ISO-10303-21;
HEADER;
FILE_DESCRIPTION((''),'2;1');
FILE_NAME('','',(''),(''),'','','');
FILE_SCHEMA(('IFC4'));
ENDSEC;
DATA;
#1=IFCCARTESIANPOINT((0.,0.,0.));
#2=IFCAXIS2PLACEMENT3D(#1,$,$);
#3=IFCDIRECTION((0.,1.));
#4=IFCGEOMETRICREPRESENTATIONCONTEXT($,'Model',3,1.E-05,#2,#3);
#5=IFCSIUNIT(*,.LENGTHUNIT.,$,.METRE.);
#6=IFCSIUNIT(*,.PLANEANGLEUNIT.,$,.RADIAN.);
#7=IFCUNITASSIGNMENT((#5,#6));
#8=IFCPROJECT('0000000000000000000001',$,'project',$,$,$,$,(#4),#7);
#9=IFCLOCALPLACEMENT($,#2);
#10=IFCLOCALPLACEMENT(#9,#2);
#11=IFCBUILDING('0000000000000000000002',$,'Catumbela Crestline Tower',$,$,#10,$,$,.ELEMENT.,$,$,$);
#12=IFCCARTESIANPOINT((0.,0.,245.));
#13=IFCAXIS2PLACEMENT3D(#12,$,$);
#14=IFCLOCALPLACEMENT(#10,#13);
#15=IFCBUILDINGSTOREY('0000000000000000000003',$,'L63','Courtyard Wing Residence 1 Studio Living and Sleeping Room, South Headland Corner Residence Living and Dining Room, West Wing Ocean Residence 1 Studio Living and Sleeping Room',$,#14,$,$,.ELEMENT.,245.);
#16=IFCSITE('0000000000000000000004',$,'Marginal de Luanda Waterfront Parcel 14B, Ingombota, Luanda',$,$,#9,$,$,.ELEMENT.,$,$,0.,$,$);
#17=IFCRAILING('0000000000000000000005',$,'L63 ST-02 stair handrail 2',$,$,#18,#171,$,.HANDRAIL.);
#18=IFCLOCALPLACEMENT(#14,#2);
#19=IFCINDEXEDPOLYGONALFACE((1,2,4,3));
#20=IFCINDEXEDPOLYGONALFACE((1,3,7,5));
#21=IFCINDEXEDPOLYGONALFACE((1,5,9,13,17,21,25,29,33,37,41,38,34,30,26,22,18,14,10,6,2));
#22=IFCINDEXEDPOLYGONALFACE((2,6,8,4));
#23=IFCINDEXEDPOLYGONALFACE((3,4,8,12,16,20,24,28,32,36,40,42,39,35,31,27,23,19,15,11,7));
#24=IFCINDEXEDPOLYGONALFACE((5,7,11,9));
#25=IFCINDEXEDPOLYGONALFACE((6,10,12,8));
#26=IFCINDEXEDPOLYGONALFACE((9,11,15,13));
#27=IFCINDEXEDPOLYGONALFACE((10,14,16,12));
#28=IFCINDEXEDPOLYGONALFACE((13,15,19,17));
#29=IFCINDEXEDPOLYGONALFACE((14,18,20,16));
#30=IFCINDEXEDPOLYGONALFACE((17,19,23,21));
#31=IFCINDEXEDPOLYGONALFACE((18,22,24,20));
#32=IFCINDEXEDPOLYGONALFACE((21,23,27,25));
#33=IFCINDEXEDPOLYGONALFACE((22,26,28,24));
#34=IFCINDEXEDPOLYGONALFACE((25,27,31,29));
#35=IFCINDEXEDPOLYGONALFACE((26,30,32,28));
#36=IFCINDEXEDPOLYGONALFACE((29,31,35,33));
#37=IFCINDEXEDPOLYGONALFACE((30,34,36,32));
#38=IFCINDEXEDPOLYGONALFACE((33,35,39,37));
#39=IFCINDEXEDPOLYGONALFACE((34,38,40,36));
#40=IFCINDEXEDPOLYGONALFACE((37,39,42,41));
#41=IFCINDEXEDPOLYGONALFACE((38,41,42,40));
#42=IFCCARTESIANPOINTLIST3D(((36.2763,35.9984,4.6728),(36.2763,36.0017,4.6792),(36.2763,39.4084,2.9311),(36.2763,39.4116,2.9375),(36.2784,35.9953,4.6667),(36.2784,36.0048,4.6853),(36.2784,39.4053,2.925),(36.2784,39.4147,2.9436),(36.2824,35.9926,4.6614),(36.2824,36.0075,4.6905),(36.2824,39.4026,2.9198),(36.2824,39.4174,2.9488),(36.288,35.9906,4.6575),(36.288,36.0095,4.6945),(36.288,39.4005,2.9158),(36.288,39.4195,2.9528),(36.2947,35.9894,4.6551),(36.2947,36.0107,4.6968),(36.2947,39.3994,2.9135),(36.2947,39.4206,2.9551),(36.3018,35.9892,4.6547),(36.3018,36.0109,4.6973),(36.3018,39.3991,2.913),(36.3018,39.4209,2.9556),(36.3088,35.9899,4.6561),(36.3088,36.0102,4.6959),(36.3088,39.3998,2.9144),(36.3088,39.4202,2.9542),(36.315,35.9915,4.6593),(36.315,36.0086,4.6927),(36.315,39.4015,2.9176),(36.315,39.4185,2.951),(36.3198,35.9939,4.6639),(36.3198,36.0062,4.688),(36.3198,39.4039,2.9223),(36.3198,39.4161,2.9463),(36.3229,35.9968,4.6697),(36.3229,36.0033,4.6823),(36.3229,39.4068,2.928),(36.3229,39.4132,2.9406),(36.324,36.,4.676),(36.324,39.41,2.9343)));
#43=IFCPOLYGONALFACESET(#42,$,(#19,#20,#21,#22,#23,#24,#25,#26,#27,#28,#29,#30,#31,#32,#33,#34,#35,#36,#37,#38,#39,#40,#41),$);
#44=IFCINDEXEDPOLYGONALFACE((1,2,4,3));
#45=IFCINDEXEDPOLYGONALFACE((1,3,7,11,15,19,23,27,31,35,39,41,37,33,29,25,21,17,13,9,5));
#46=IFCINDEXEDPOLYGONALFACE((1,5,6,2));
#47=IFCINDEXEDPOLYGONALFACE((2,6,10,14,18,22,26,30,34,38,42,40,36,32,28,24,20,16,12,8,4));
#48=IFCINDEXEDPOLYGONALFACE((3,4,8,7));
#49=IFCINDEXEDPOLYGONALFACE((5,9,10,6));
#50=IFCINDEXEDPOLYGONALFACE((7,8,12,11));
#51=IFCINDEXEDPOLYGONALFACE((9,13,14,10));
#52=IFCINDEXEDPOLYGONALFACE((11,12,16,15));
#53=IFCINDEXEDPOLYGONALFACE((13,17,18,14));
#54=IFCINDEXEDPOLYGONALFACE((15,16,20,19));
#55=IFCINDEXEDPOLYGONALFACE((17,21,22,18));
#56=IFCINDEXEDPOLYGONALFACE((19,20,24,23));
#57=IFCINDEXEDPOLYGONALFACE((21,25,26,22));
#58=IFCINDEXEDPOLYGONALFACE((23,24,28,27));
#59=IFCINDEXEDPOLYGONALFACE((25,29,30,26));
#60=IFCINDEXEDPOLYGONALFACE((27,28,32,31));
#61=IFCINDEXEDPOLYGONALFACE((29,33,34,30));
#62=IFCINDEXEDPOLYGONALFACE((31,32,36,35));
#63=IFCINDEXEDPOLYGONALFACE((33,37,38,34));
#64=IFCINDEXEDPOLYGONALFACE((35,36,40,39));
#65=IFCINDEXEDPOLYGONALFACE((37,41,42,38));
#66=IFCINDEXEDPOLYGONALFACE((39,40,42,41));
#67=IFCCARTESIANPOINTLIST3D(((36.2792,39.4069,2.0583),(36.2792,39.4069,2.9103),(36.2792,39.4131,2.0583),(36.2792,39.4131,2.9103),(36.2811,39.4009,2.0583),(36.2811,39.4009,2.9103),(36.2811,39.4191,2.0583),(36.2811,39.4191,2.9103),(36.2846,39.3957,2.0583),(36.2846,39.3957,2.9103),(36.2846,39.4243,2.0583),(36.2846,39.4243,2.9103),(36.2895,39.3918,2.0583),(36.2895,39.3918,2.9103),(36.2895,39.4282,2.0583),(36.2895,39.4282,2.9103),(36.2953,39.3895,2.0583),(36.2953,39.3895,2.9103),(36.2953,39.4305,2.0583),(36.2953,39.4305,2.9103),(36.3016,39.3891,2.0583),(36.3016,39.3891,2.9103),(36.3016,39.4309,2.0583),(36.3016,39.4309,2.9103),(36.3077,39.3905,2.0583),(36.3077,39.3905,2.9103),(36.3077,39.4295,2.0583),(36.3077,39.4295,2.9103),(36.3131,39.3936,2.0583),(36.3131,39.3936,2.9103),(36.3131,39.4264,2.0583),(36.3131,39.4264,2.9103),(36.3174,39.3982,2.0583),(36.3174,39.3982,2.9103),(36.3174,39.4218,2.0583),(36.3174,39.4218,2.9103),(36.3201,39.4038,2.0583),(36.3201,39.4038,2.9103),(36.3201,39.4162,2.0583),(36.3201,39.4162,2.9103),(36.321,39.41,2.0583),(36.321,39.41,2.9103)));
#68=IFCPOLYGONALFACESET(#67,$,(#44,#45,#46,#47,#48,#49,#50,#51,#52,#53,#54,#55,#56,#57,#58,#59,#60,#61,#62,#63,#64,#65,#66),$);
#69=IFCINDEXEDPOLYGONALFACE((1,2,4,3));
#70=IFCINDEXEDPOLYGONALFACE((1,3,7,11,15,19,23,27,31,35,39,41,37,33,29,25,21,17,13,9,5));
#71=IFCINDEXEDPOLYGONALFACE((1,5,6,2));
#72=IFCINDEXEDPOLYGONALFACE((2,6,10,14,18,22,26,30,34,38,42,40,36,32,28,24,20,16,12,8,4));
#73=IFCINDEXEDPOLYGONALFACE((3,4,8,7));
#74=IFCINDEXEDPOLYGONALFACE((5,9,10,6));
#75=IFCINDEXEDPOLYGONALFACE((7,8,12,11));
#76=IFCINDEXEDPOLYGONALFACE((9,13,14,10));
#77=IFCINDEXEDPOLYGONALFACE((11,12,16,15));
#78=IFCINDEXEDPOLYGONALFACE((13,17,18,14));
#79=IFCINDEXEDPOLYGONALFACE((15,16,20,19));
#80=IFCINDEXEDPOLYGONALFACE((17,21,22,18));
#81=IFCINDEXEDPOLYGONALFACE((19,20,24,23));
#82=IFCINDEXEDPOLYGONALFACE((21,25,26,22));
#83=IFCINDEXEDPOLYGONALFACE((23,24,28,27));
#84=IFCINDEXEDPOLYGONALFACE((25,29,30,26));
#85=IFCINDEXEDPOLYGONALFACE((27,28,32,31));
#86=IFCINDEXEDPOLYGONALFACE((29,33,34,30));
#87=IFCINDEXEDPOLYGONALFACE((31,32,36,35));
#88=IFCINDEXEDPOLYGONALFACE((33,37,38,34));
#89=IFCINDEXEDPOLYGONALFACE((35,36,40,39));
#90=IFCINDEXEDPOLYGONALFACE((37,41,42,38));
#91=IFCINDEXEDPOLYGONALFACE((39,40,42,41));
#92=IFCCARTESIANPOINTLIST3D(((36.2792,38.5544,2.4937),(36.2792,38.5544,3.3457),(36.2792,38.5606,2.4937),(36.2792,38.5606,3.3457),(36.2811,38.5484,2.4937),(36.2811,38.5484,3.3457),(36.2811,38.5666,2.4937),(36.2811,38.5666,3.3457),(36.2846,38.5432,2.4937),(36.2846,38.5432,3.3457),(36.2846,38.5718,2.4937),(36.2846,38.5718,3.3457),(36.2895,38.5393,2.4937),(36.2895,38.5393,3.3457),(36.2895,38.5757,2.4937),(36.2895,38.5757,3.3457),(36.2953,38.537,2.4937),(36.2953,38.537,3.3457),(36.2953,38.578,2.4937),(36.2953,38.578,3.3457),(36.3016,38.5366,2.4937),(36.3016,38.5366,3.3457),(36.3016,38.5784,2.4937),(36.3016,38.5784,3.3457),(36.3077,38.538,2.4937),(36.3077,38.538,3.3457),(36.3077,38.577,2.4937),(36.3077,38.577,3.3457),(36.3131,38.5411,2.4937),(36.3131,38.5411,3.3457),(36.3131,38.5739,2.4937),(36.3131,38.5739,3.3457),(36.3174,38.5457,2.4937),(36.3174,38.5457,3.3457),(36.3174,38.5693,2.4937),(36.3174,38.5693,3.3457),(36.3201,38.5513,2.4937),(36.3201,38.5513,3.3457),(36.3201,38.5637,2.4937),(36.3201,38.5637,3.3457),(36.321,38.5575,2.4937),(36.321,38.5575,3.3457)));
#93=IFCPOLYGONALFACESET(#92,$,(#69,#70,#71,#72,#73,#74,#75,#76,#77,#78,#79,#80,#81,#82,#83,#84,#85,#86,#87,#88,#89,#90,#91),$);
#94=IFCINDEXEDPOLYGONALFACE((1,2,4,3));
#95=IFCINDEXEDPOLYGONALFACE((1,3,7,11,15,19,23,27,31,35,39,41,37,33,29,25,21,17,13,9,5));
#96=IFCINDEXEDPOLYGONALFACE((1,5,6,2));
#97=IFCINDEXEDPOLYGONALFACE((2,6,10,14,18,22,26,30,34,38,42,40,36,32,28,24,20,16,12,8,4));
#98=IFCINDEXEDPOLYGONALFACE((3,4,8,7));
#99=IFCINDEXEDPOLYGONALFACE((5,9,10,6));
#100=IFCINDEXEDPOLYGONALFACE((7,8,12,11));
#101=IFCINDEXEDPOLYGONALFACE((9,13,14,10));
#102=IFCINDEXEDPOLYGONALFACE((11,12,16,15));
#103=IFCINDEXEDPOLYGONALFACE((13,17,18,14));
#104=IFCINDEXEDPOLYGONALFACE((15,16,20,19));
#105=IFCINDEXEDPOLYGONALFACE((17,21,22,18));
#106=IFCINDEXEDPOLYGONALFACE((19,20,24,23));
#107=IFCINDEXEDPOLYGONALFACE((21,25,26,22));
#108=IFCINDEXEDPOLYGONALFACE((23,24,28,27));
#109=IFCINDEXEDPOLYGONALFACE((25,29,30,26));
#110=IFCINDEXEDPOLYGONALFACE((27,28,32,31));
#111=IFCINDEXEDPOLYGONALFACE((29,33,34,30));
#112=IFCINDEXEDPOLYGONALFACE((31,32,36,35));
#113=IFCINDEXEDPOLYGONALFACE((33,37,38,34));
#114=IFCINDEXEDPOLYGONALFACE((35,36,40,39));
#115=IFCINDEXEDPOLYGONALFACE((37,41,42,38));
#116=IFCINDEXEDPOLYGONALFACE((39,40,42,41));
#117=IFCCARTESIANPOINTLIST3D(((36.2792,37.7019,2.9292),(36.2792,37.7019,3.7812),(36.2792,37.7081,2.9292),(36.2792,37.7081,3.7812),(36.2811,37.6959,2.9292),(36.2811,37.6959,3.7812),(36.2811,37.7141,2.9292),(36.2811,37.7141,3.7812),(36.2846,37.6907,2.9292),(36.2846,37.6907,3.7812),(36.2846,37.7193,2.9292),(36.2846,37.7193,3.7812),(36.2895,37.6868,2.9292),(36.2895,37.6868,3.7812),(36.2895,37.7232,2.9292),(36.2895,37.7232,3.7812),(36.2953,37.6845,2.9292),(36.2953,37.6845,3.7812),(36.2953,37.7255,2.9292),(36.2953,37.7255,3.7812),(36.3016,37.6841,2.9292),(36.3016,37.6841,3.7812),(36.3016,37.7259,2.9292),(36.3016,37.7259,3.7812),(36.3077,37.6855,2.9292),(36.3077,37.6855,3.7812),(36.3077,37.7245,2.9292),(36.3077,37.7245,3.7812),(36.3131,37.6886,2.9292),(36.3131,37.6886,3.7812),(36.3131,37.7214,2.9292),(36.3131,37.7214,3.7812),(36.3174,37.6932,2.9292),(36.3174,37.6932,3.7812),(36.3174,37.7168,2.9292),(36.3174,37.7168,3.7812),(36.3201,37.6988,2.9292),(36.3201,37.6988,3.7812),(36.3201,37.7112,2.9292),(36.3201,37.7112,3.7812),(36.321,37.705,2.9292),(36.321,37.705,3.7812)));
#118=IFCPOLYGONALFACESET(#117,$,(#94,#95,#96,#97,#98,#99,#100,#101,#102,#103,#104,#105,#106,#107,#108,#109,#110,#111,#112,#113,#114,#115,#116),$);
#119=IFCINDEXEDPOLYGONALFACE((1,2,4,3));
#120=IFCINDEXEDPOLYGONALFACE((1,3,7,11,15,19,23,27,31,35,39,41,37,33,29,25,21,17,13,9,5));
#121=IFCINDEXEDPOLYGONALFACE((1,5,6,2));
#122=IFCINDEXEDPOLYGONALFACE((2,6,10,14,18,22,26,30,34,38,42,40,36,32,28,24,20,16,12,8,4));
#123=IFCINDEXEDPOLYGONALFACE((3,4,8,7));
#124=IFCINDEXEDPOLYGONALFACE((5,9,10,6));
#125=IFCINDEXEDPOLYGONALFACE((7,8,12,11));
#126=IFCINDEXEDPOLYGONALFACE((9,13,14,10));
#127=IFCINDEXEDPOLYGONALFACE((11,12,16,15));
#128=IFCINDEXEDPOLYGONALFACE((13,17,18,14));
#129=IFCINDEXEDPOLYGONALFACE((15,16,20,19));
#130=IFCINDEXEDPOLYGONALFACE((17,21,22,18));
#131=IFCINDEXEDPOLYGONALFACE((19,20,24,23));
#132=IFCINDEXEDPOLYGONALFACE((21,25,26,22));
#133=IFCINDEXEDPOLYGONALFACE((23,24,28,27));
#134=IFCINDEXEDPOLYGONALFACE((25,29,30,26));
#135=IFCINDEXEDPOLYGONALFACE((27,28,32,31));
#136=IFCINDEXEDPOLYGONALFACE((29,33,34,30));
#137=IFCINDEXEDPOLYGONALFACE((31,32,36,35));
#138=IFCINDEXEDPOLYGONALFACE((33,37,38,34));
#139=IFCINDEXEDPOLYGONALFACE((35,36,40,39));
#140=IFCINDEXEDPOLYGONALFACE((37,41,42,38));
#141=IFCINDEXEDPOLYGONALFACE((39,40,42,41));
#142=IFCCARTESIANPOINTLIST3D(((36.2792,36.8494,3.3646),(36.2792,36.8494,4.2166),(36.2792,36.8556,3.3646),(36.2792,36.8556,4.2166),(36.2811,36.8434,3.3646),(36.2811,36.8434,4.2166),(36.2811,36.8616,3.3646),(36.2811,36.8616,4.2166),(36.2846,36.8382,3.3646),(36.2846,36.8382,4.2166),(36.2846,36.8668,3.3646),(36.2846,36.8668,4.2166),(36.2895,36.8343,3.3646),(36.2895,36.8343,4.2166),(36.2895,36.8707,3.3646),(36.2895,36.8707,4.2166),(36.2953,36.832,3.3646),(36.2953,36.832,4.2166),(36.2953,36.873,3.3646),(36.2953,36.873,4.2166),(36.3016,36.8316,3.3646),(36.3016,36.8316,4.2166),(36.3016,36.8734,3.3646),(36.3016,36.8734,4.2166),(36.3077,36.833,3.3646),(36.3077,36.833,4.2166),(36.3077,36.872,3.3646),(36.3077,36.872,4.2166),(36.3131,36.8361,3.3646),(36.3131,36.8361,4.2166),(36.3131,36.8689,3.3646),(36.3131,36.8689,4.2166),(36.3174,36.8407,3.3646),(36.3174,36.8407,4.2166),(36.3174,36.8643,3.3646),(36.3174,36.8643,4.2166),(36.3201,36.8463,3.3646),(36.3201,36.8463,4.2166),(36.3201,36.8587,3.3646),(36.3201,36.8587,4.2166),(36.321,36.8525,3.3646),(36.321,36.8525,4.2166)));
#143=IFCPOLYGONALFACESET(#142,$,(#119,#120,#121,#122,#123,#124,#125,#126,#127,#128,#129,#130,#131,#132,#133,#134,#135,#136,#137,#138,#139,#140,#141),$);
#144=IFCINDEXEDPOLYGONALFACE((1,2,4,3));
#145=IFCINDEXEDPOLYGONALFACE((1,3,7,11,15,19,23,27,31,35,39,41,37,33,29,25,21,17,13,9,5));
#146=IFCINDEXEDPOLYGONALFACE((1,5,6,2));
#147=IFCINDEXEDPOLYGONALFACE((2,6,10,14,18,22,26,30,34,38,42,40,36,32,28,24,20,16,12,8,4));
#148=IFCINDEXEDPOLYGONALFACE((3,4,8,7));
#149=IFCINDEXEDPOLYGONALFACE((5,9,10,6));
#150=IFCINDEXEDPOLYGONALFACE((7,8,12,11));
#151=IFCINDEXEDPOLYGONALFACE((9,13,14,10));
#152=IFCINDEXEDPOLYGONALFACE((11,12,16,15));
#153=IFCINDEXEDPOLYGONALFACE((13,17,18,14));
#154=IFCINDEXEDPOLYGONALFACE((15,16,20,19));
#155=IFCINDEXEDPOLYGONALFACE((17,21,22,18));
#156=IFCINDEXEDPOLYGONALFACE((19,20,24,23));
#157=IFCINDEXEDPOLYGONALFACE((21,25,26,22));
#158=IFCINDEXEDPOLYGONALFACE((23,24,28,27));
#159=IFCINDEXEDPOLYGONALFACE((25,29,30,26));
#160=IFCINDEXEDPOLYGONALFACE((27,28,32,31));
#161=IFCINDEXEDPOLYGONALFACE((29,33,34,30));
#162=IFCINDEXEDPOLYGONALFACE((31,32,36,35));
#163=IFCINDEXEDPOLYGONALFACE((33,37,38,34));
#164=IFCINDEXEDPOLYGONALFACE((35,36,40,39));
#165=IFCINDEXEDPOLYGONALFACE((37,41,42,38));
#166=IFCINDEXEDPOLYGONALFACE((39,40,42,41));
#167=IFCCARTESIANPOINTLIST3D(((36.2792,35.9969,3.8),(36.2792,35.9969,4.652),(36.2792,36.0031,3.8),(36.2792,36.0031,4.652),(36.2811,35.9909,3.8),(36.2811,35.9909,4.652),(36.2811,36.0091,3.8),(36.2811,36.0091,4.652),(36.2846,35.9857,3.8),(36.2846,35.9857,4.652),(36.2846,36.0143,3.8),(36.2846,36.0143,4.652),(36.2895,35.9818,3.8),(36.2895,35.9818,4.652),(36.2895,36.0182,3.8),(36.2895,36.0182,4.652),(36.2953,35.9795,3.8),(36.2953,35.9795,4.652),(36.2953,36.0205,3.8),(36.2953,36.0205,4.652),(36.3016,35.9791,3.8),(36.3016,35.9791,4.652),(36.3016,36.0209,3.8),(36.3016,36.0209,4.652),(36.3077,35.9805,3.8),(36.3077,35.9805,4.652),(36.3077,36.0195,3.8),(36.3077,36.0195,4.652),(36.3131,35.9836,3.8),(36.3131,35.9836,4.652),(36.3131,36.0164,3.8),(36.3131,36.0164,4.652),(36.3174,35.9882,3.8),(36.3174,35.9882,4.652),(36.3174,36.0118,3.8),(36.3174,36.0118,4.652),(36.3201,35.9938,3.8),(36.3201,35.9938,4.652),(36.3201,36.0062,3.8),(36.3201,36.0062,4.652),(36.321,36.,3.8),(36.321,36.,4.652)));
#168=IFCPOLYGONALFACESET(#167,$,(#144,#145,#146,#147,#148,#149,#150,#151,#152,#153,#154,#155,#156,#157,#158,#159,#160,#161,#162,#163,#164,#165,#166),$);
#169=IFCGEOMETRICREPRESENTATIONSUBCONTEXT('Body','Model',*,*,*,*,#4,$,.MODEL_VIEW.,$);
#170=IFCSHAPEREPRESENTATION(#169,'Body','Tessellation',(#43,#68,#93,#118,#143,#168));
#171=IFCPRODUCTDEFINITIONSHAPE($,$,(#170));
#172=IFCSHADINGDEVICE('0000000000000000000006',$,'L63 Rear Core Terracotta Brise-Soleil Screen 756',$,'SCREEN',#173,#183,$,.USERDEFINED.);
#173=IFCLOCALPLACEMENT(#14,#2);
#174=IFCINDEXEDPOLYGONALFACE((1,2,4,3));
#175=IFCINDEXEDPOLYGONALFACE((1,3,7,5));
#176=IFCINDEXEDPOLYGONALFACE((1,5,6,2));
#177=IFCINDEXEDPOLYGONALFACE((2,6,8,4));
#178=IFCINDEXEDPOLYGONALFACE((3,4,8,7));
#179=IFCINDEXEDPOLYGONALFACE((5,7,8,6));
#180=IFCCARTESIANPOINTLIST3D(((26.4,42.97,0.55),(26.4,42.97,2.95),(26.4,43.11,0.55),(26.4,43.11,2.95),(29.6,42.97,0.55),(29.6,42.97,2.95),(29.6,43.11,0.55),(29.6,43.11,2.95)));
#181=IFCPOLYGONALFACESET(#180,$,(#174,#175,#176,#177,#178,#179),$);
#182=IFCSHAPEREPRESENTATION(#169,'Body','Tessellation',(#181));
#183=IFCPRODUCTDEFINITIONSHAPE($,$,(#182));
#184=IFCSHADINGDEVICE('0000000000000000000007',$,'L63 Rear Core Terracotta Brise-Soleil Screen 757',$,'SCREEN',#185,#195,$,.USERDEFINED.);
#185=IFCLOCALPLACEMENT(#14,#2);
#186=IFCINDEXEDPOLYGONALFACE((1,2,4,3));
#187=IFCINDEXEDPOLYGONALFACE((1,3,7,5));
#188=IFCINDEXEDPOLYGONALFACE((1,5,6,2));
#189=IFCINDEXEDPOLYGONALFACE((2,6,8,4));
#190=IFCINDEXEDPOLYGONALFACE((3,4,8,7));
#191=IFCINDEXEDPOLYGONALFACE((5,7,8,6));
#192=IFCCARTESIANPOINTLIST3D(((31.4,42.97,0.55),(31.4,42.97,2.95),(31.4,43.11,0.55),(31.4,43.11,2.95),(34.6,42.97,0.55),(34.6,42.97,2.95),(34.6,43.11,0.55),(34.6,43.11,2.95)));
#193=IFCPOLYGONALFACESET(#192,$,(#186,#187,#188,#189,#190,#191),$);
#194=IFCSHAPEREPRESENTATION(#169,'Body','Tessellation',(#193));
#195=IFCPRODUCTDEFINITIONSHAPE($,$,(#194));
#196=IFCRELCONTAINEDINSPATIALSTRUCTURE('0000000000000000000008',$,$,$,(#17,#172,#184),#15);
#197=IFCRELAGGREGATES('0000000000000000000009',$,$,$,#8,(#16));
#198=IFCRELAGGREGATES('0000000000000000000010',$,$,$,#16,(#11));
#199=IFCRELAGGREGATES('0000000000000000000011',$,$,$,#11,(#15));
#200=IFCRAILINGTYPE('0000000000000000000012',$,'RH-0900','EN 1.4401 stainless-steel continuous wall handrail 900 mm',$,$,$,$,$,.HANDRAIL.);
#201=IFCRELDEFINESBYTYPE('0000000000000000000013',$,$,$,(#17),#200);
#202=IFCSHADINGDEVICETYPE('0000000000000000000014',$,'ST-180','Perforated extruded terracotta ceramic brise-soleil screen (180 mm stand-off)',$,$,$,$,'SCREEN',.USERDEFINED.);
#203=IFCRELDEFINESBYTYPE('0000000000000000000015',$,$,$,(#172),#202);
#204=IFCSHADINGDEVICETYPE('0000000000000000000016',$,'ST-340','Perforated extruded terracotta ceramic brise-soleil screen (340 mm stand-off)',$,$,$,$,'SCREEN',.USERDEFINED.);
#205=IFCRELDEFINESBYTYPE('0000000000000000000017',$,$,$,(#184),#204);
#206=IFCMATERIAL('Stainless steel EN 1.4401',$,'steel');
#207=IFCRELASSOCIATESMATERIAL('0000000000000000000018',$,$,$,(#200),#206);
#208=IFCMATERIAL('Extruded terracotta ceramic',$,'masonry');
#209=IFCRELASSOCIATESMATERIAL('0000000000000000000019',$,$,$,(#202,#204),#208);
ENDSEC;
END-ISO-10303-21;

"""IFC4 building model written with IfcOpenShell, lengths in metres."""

from ifc_helpers import new_model, si_unit, direction, frame, origin, origin_2d, place, context, subcontext, project, spatial, rectangle, circle, extrude, material, type_object, element, save


model = new_model("IFC4")

# Units and contexts
model_context = context("Model", 3, precision=1e-05, world=origin(), true_north=direction((0.0, 1.0)))
body_context = subcontext(model_context, "Body", "Model", "MODEL_VIEW")
ifc_project = project(units=[si_unit("LENGTHUNIT", "METRE"), si_unit("PLANEANGLEUNIT", "RADIAN")], contexts=[model_context])

# Site, building, storey
site_placement = place(None, origin())
site = spatial("IfcSite", under=ifc_project, at=site_placement, Name="Marginal de Luanda Waterfront Parcel 14B, Ingombota, Luanda", CompositionType="ELEMENT", RefElevation=0.0)
building_placement = place(site_placement, origin())
building = spatial("IfcBuilding", under=site, at=building_placement, Name="Catumbela Crestline Tower", CompositionType="ELEMENT")
storey_placement = place(building_placement, frame((0.0, 0.0, 245.0)))
storey = spatial("IfcBuildingStorey", under=building, at=storey_placement, Name="L63", Description="Courtyard Wing Residence 1 Studio Living and Sleeping Room, South Headland Corner Residence Living and Dining Room, West Wing Ocean Residence 1 Studio Living and Sleeping Room", CompositionType="ELEMENT", Elevation=245.0)

# Shared definitions
ifc_material_1 = material(Name="Stainless steel EN 1.4401", Category="steel")

# Railing
railing_type = type_object("IfcRailingType", Name="RH-0900", Description="EN 1.4401 stainless-steel continuous wall handrail 900 mm", PredefinedType="HANDRAIL", material=ifc_material_1)
railing_placement = place(storey_placement, frame((36.3, 39.41, 2.0583)))
element("IfcRailing", 1, at=railing_placement, inside=storey, type_object=railing_type, Name="L63 ST-02 stair handrail 2", PredefinedType="HANDRAIL", context=body_context, shape_type="SweptSolid", body=[
    extrude(circle(Radius=0.024, at=origin_2d()), frame((0.0, 0.0, 0.876), z_axis=(0.0, -0.89056, 0.454865), x_axis=(1.0, 0.0, 0.0)), (0.0, 0.0, 1.0), 3.829),
    extrude(circle(Radius=0.021, at=origin_2d()), origin(), (0.0, 0.0, 1.0), 0.852),
    extrude(circle(Radius=0.021, at=origin_2d()), frame((0.0, -0.8525, 0.4354)), (0.0, 0.0, 1.0), 0.852),
    extrude(circle(Radius=0.021, at=origin_2d()), frame((0.0, -1.705, 0.8709)), (0.0, 0.0, 1.0), 0.852),
    extrude(circle(Radius=0.021, at=origin_2d()), frame((0.0, -2.5575, 1.3063)), (0.0, 0.0, 1.0), 0.852),
    extrude(circle(Radius=0.021, at=origin_2d()), frame((0.0, -3.41, 1.7417)), (0.0, 0.0, 1.0), 0.852),
])

# Shading devices
ifc_material_2 = material(Name="Extruded terracotta ceramic", Category="masonry")
shading_device_type_1 = type_object("IfcShadingDeviceType", Name="ST-180", Description="Perforated extruded terracotta ceramic brise-soleil screen (180 mm stand-off)", ElementType="SCREEN", PredefinedType="USERDEFINED", material=ifc_material_2)
shading_device_1_placement = place(storey_placement, frame((28.0, 43.04, 0.55), z_axis=(0.0, 0.0, 1.0), x_axis=(1.0, 0.0, 0.0)))
element("IfcShadingDevice", 2, at=shading_device_1_placement, inside=storey, type_object=shading_device_type_1, Name="L63 Rear Core Terracotta Brise-Soleil Screen 756", ObjectType="SCREEN", PredefinedType="USERDEFINED", context=body_context, shape_type="SweptSolid", body=[
    extrude(rectangle(XDim=3.2, YDim=0.14, at=origin_2d()), origin(), (0.0, 0.0, 1.0), 2.4),
])
shading_device_type_2 = type_object("IfcShadingDeviceType", Name="ST-340", Description="Perforated extruded terracotta ceramic brise-soleil screen (340 mm stand-off)", ElementType="SCREEN", PredefinedType="USERDEFINED", material=ifc_material_2)
shading_device_2_placement = place(storey_placement, frame((33.0, 43.04, 0.55), z_axis=(0.0, 0.0, 1.0), x_axis=(1.0, 0.0, 0.0)))
element("IfcShadingDevice", 3, at=shading_device_2_placement, inside=storey, type_object=shading_device_type_2, Name="L63 Rear Core Terracotta Brise-Soleil Screen 757", ObjectType="SCREEN", PredefinedType="USERDEFINED", context=body_context, shape_type="SweptSolid", body=[
    extrude(rectangle(XDim=3.2, YDim=0.14, at=origin_2d()), origin(), (0.0, 0.0, 1.0), 2.4),
])

save(model, "model.ifc")
